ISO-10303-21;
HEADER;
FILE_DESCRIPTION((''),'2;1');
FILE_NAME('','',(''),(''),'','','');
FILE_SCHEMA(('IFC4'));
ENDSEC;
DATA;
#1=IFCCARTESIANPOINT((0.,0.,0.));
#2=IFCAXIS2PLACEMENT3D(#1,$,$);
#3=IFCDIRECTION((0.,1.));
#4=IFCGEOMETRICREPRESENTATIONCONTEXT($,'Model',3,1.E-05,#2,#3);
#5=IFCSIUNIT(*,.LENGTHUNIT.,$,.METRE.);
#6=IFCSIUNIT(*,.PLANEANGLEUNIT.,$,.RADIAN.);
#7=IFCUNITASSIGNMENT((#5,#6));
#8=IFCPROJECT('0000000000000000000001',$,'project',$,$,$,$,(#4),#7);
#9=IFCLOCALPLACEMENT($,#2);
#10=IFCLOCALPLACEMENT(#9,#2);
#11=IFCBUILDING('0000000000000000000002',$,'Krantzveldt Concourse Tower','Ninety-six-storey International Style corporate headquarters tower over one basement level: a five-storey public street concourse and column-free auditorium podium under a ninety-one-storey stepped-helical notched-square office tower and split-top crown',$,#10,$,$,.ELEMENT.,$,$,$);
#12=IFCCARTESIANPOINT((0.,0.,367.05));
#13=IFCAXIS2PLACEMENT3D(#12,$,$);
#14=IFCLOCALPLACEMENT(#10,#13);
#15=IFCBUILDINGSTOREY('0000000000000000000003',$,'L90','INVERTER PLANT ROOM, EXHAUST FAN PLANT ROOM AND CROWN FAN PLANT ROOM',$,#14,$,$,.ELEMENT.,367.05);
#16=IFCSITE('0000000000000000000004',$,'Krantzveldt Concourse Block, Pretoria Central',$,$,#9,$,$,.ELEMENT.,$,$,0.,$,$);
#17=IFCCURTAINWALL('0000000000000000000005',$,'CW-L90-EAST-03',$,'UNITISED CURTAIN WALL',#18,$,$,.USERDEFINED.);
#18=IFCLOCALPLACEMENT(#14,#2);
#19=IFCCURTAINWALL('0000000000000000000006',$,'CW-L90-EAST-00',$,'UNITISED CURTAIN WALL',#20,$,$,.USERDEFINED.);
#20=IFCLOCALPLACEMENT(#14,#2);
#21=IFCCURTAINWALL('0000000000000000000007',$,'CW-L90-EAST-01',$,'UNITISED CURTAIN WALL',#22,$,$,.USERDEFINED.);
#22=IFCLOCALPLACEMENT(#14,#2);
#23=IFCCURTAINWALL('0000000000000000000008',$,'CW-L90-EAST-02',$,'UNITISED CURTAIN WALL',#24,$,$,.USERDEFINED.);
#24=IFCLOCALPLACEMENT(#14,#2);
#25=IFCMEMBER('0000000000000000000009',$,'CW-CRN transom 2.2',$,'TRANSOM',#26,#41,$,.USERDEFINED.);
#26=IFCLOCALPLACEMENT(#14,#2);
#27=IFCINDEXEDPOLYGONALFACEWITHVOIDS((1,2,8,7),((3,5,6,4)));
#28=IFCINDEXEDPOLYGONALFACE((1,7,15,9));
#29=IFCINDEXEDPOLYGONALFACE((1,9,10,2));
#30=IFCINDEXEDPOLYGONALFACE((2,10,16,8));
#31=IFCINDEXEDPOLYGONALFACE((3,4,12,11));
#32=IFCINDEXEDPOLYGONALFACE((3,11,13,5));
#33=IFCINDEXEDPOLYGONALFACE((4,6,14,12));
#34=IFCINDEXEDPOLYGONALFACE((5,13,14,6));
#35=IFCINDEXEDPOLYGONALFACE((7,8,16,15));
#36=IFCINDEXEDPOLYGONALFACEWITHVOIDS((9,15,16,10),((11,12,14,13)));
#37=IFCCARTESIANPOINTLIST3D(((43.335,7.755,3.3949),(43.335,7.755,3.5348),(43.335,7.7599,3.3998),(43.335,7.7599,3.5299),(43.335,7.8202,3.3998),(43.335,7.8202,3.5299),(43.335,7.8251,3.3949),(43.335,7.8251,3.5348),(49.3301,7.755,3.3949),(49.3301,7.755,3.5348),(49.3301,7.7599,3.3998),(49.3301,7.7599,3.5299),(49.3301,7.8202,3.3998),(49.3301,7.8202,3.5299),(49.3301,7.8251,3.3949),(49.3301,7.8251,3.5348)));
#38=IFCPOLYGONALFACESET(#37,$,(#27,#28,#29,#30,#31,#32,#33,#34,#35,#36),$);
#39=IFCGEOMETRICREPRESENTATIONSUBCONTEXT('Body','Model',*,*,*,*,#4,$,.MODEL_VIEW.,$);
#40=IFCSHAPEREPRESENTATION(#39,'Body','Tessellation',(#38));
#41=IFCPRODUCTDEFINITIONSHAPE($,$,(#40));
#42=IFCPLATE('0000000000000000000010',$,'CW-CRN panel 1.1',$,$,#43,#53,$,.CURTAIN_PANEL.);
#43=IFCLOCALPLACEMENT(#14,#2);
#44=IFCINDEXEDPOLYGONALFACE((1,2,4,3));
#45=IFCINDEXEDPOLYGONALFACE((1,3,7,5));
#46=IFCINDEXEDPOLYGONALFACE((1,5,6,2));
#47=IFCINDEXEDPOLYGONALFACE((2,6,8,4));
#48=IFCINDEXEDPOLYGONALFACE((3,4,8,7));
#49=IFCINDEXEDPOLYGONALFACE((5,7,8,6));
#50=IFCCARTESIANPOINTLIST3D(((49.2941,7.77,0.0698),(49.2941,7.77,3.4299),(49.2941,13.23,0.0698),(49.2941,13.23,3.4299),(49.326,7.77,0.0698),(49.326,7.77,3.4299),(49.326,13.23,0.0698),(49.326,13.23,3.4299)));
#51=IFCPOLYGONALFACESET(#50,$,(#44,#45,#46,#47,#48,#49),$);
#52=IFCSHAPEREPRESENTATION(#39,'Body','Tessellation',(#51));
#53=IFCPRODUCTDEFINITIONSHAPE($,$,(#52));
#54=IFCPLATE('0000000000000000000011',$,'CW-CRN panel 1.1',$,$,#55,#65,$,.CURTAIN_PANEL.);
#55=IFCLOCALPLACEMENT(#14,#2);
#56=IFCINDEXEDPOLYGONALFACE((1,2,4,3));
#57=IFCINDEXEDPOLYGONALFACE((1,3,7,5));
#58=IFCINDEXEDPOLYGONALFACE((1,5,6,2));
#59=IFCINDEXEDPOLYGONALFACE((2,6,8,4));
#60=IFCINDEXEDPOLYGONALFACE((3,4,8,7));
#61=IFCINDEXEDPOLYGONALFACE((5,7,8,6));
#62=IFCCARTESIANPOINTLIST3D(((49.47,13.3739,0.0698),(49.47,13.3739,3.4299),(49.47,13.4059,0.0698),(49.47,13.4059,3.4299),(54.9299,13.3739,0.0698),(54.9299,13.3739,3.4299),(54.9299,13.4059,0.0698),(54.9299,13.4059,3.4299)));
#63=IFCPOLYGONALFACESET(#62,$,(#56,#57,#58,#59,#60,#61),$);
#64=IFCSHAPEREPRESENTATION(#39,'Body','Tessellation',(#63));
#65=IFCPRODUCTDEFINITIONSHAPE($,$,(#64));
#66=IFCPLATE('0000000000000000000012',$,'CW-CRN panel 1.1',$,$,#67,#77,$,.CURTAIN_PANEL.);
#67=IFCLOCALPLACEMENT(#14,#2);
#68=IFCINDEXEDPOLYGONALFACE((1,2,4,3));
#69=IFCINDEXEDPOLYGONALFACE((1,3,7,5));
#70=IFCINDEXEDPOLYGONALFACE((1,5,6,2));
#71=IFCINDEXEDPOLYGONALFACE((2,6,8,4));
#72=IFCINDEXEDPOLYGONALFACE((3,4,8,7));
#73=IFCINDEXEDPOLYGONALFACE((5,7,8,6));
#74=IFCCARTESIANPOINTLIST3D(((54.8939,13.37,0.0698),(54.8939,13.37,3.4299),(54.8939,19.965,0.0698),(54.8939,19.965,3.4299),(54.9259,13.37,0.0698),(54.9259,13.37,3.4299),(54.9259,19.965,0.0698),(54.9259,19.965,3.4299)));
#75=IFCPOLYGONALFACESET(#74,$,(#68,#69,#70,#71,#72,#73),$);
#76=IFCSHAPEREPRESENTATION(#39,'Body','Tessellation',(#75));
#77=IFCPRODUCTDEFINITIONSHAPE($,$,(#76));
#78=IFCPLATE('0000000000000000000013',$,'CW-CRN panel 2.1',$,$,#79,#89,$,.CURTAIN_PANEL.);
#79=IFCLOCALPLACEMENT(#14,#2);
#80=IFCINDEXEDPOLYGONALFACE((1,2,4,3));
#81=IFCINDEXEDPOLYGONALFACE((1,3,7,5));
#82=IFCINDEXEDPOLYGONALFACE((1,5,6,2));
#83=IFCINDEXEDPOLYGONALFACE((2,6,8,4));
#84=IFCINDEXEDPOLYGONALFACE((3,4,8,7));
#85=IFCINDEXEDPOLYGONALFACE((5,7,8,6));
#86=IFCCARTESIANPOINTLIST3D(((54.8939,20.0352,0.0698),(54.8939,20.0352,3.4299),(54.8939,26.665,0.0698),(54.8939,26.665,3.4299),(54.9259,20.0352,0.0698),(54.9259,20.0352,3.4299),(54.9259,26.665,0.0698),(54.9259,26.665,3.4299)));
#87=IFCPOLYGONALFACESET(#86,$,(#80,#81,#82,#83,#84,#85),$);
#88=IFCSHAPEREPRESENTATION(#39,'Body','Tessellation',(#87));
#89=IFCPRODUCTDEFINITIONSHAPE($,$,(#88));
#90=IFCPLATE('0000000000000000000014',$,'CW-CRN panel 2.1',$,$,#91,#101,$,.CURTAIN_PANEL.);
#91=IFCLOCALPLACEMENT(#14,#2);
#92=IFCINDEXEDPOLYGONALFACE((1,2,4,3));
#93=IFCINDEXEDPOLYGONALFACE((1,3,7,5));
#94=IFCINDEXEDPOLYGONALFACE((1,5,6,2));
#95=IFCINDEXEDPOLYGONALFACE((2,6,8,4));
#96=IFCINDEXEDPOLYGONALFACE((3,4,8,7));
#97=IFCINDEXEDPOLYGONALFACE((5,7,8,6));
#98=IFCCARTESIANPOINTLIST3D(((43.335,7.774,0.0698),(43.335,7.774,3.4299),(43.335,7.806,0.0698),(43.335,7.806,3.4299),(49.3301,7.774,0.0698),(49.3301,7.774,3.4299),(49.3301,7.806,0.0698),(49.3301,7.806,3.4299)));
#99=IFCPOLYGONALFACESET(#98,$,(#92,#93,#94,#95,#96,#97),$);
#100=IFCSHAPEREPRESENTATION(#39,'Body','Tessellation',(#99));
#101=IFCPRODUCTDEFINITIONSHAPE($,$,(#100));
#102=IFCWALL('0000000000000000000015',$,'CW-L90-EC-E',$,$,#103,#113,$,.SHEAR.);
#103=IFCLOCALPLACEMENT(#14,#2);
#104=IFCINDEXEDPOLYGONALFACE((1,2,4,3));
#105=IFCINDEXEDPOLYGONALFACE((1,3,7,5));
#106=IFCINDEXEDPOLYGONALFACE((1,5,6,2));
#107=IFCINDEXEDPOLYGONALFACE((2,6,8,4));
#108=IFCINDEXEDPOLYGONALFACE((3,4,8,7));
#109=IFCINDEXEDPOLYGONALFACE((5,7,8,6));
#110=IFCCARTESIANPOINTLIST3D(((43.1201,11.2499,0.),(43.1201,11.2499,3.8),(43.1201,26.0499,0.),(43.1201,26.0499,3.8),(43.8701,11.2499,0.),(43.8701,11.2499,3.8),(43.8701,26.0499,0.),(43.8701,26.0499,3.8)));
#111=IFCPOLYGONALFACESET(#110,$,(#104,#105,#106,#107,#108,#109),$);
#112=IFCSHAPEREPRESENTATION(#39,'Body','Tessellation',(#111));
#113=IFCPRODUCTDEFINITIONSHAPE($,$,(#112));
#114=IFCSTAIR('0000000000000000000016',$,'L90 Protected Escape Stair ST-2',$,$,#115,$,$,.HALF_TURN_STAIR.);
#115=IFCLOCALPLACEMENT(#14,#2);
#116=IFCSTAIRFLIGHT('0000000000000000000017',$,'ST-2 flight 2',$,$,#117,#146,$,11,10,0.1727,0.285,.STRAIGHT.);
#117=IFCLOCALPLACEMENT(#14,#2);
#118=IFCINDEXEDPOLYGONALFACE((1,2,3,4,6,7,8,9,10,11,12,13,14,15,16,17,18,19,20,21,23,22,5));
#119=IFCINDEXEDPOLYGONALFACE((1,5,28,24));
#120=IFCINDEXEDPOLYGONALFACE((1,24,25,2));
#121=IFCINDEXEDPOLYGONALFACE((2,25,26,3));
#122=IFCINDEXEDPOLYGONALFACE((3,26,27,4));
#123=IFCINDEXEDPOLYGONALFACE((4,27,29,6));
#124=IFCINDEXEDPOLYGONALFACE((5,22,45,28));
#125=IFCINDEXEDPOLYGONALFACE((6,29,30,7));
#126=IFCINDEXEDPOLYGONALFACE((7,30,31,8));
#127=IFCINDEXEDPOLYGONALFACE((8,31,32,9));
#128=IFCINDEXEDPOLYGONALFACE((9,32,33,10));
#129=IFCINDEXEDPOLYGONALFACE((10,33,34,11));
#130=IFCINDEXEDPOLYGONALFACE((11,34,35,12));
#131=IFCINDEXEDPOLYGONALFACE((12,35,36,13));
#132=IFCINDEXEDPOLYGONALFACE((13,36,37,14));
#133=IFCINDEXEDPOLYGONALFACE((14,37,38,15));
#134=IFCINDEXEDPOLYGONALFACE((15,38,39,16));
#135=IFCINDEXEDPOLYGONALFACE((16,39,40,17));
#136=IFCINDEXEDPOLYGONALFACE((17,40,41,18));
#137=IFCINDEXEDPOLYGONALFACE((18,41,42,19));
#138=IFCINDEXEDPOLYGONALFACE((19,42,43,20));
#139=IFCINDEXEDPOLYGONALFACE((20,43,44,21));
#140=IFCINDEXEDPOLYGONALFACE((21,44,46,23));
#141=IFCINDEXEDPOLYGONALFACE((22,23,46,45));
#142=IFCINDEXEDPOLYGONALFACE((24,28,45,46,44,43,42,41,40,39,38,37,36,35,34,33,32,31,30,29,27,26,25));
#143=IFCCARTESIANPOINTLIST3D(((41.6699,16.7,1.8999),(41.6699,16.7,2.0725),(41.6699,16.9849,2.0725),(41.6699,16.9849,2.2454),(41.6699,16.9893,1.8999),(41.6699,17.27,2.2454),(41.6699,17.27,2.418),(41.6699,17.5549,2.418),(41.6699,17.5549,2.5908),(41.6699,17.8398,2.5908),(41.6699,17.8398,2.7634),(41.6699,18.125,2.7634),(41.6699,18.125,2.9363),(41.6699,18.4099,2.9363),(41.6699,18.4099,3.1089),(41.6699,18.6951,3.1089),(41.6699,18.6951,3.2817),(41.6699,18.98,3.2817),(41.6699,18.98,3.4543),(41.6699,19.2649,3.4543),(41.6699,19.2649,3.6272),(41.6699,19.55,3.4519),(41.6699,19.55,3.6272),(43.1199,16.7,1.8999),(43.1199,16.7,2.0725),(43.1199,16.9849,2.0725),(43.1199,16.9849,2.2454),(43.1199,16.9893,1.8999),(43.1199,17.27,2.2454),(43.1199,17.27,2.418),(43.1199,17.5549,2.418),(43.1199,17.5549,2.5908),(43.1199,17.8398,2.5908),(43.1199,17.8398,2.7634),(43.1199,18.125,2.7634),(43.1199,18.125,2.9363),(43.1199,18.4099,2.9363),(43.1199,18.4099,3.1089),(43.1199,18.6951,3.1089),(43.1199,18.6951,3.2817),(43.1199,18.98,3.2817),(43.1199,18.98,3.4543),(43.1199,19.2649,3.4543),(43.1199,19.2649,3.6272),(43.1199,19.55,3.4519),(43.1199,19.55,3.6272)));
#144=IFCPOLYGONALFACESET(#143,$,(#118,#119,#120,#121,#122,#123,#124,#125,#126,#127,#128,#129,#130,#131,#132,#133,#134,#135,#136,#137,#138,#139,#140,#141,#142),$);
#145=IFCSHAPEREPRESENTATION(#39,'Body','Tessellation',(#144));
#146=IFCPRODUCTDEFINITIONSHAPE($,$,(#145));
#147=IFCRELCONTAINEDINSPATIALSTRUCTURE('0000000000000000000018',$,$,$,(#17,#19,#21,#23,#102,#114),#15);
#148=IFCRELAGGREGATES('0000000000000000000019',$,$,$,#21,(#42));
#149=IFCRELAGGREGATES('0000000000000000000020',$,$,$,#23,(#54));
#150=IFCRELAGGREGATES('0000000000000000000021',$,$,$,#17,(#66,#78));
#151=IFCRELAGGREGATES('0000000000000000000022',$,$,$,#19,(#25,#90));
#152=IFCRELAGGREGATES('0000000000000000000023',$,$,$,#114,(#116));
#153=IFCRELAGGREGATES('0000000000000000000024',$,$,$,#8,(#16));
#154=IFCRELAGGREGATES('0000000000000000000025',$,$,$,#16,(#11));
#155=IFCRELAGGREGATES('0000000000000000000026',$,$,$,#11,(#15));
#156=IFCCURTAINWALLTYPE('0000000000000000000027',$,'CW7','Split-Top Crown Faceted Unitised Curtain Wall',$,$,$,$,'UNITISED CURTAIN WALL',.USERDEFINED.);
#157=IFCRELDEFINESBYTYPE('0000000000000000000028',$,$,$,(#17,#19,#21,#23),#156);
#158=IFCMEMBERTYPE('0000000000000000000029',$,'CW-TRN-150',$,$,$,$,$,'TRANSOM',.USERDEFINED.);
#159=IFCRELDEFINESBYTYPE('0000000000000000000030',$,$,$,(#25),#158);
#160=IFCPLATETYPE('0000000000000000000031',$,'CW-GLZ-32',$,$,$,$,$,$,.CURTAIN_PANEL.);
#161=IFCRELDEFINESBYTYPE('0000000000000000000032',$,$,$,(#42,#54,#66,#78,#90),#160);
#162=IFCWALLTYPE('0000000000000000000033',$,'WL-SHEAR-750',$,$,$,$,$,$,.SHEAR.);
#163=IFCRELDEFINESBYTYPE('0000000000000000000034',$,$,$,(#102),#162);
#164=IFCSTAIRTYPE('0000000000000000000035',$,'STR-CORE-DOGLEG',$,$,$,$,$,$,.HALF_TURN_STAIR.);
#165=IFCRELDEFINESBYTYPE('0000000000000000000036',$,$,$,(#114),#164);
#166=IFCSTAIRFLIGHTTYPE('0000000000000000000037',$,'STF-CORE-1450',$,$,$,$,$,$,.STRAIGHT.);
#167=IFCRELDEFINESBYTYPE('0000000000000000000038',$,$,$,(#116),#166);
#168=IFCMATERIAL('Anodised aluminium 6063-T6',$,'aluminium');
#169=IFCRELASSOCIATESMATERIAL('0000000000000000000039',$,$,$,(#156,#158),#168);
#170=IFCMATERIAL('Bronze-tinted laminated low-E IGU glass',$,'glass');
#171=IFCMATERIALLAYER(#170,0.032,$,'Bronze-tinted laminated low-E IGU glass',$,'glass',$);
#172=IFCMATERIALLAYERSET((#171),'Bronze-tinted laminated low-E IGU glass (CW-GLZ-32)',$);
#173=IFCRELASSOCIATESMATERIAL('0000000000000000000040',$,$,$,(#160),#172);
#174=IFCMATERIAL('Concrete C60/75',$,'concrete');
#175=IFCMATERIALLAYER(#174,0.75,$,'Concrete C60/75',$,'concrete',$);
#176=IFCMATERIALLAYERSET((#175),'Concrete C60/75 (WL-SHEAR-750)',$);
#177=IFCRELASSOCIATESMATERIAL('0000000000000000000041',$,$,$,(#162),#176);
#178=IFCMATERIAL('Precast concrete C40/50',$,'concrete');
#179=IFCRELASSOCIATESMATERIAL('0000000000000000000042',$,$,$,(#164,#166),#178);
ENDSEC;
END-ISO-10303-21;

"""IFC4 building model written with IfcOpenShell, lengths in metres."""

from ifc_helpers import new_model, si_unit, direction, frame, frame_2d, origin, origin_2d, place, context, subcontext, project, spatial, polyline, rectangle, hollow_rectangle, outline, extrude, source, transform, mapped, material, layer, layer_set, material_profile, profile_set, type_object, type_shapes, element, aggregate, save


model = new_model("IFC4")

# Units and contexts
model_context = context("Model", 3, precision=1e-05, world=origin(), true_north=direction((0.0, 1.0)))
body_context = subcontext(model_context, "Body", "Model", "MODEL_VIEW")
ifc_project = project(units=[si_unit("LENGTHUNIT", "METRE"), si_unit("PLANEANGLEUNIT", "RADIAN")], contexts=[model_context])

# Site, building, storey
site_placement = place(None, origin())
site = spatial("IfcSite", under=ifc_project, at=site_placement, Name="Krantzveldt Concourse Block, Pretoria Central", CompositionType="ELEMENT", RefElevation=0.0)
building_placement = place(site_placement, origin())
building = spatial("IfcBuilding", under=site, at=building_placement, Name="Krantzveldt Concourse Tower", Description="Ninety-six-storey International Style corporate headquarters tower over one basement level: a five-storey public street concourse and column-free auditorium podium under a ninety-one-storey stepped-helical notched-square office tower and split-top crown", CompositionType="ELEMENT")
storey_placement = place(building_placement, frame((0.0, 0.0, 367.05)))
storey = spatial("IfcBuildingStorey", under=building, at=storey_placement, Name="L90", Description="INVERTER PLANT ROOM, EXHAUST FAN PLANT ROOM AND CROWN FAN PLANT ROOM", CompositionType="ELEMENT", Elevation=367.05)

# Curtain walls
ifc_material_1 = material(Name="Anodised aluminium 6063-T6", Category="aluminium")
curtain_wall_type = type_object("IfcCurtainWallType", Name="CW7", Description="Split-Top Crown Faceted Unitised Curtain Wall", ElementType="UNITISED CURTAIN WALL", PredefinedType="USERDEFINED", material=ifc_material_1)
curtain_wall_1_placement = place(storey_placement, origin())
curtain_wall_1 = element("IfcCurtainWall", 1, at=curtain_wall_1_placement, inside=storey, type_object=curtain_wall_type, Name="CW-L90-EAST-03", ObjectType="UNITISED CURTAIN WALL", PredefinedType="USERDEFINED")
ifc_material_profile_1 = material_profile(ifc_material_1, hollow_rectangle(XDim=0.0701, YDim=0.1399, WallThickness=0.0049, at=origin_2d()), Name="Anodised aluminium 6063-T6", Category="aluminium")
ifc_profile_set_1 = profile_set([ifc_material_profile_1], Name="Anodised aluminium 6063-T6 - ALU-TRAN 140x70x5")
member_type_1 = type_object("IfcMemberType", Name="CW-TRN-150", ElementType="TRANSOM", PredefinedType="USERDEFINED", material=ifc_profile_set_1)
curtain_wall_2_placement = place(storey_placement, origin())
curtain_wall_2 = element("IfcCurtainWall", 2, at=curtain_wall_2_placement, inside=storey, type_object=curtain_wall_type, Name="CW-L90-EAST-00", ObjectType="UNITISED CURTAIN WALL", PredefinedType="USERDEFINED")
curtain_wall_3_placement = place(storey_placement, origin())
curtain_wall_3 = element("IfcCurtainWall", 3, at=curtain_wall_3_placement, inside=storey, type_object=curtain_wall_type, Name="CW-L90-EAST-01", ObjectType="UNITISED CURTAIN WALL", PredefinedType="USERDEFINED")
curtain_wall_4_placement = place(storey_placement, origin())
curtain_wall_4 = element("IfcCurtainWall", 4, at=curtain_wall_4_placement, inside=storey, type_object=curtain_wall_type, Name="CW-L90-EAST-02", ObjectType="UNITISED CURTAIN WALL", PredefinedType="USERDEFINED")

# Member
shared_shape_1 = source(origin(), body_context, "Body", "SweptSolid", [
    extrude(hollow_rectangle(XDim=0.0701, YDim=0.1399, WallThickness=0.0049, at=origin_2d()), origin(), (0.0, 0.0, 1.0), 5.9951),
])
member_1_placement = place(storey_placement, frame((43.335, 7.79, 3.4648), z_axis=(1.0, 0.0, 0.0), x_axis=(0.0, 1.0, 0.0)))
member_1 = element("IfcMember", 5, at=member_1_placement, type_object=member_type_1, Name="CW-CRN transom 2.2", ObjectType="TRANSOM", PredefinedType="USERDEFINED", context=body_context, shape_type="MappedRepresentation", body=[
    mapped(shared_shape_1, transform((0.0, 0.0, 0.0), x_axis=(1.0, 0.0, 0.0), y_axis=(0.0, 1.0, 0.0), z_axis=(0.0, 0.0, 1.0), scale=1.0)),
])

# Plates
ifc_material_2 = material(Name="Bronze-tinted laminated low-E IGU glass", Category="glass")
ifc_layer_1 = layer(ifc_material_2, 0.032, Name="Bronze-tinted laminated low-E IGU glass", Category="glass")
ifc_layer_set_1 = layer_set([ifc_layer_1], Name="Bronze-tinted laminated low-E IGU glass (CW-GLZ-32)")
plate_type = type_object("IfcPlateType", Name="CW-GLZ-32", PredefinedType="CURTAIN_PANEL", material=ifc_layer_set_1)
shared_shape_2 = source(origin(), body_context, "Body", "SweptSolid", [
    extrude(rectangle(XDim=5.46, YDim=0.032, at=origin_2d()), origin(), (0.0, 0.0, 1.0), 3.3601),
])
plate_1_placement = place(storey_placement, frame((49.3101, 10.5, 0.0698), z_axis=(0.0, 0.0, 1.0), x_axis=(0.0, 1.0, 0.0)))
plate_1 = element("IfcPlate", 6, at=plate_1_placement, type_object=plate_type, Name="CW-CRN panel 1.1", PredefinedType="CURTAIN_PANEL", context=body_context, shape_type="MappedRepresentation", body=[
    mapped(shared_shape_2, transform((0.0, 0.0, 0.0), x_axis=(1.0, 0.0, 0.0), y_axis=(0.0, 1.0, 0.0), z_axis=(0.0, 0.0, 1.0), scale=1.0)),
])
aggregate(curtain_wall_3, [plate_1])
plate_2_placement = place(storey_placement, frame((52.2, 13.3899, 0.0698), z_axis=(0.0, 0.0, 1.0), x_axis=(1.0, 0.0, 0.0)))
plate_2 = element("IfcPlate", 7, at=plate_2_placement, type_object=plate_type, Name="CW-CRN panel 1.1", PredefinedType="CURTAIN_PANEL", context=body_context, shape_type="MappedRepresentation", body=[
    mapped(shared_shape_2, transform((0.0, 0.0, 0.0), x_axis=(1.0, 0.0, 0.0), y_axis=(0.0, 1.0, 0.0), z_axis=(0.0, 0.0, 1.0), scale=1.0)),
])
aggregate(curtain_wall_4, [plate_2])
shared_shape_3 = source(origin(), body_context, "Body", "SweptSolid", [
    extrude(rectangle(XDim=6.595, YDim=0.032, at=origin_2d()), origin(), (0.0, 0.0, 1.0), 3.3601),
])
plate_3_placement = place(storey_placement, frame((54.9099, 16.6675, 0.0698), z_axis=(0.0, 0.0, 1.0), x_axis=(0.0, 1.0, 0.0)))
plate_3 = element("IfcPlate", 8, at=plate_3_placement, type_object=plate_type, Name="CW-CRN panel 1.1", PredefinedType="CURTAIN_PANEL", context=body_context, shape_type="MappedRepresentation", body=[
    mapped(shared_shape_3, transform((0.0, 0.0, 0.0), x_axis=(1.0, 0.0, 0.0), y_axis=(0.0, 1.0, 0.0), z_axis=(0.0, 0.0, 1.0), scale=1.0)),
])
shared_shape_4 = source(origin(), body_context, "Body", "SweptSolid", [
    extrude(rectangle(XDim=6.6299, YDim=0.032, at=origin_2d()), origin(), (0.0, 0.0, 1.0), 3.3601),
])
plate_4_placement = place(storey_placement, frame((54.9099, 23.3501, 0.0698), z_axis=(0.0, 0.0, 1.0), x_axis=(0.0, 1.0, 0.0)))
plate_4 = element("IfcPlate", 9, at=plate_4_placement, type_object=plate_type, Name="CW-CRN panel 2.1", PredefinedType="CURTAIN_PANEL", context=body_context, shape_type="MappedRepresentation", body=[
    mapped(shared_shape_4, transform((0.0, 0.0, 0.0), x_axis=(1.0, 0.0, 0.0), y_axis=(0.0, 1.0, 0.0), z_axis=(0.0, 0.0, 1.0), scale=1.0)),
])
aggregate(curtain_wall_1, [plate_3, plate_4])
shared_shape_5 = source(origin(), body_context, "Body", "SweptSolid", [
    extrude(rectangle(XDim=5.9951, YDim=0.032, at=origin_2d()), origin(), (0.0, 0.0, 1.0), 3.3601),
])
type_shapes(plate_type, [shared_shape_2, shared_shape_3, shared_shape_4, shared_shape_5])
plate_5_placement = place(storey_placement, frame((46.3325, 7.79, 0.0698), z_axis=(0.0, 0.0, 1.0), x_axis=(1.0, 0.0, 0.0)))
plate_5 = element("IfcPlate", 10, at=plate_5_placement, type_object=plate_type, Name="CW-CRN panel 2.1", PredefinedType="CURTAIN_PANEL", context=body_context, shape_type="MappedRepresentation", body=[
    mapped(shared_shape_5, transform((0.0, 0.0, 0.0), x_axis=(1.0, 0.0, 0.0), y_axis=(0.0, 1.0, 0.0), z_axis=(0.0, 0.0, 1.0), scale=1.0)),
])
aggregate(curtain_wall_2, [member_1, plate_5])

# Wall
ifc_material_3 = material(Name="Concrete C60/75", Category="concrete")
ifc_layer_2 = layer(ifc_material_3, 0.75, Name="Concrete C60/75", Category="concrete")
ifc_layer_set_2 = layer_set([ifc_layer_2], Name="Concrete C60/75 (WL-SHEAR-750)")
wall_type = type_object("IfcWallType", Name="WL-SHEAR-750", PredefinedType="SHEAR", material=ifc_layer_set_2)
wall_placement = place(storey_placement, frame((43.4951, 11.25, 0.0), z_axis=(0.0, 0.0, 1.0), x_axis=(0.0, 1.0, 0.0)))
element("IfcWall", 11, at=wall_placement, inside=storey, type_object=wall_type, Name="CW-L90-EC-E", PredefinedType="SHEAR", context=body_context, shape_type="SweptSolid", body=[
    extrude(rectangle(XDim=14.8, YDim=0.75, at=frame_2d((7.3999, 0.0))), origin(), (0.0, 0.0, 1.0), 3.8),
])

# Stair, stair flight
ifc_material_4 = material(Name="Precast concrete C40/50", Category="concrete")
stair_type = type_object("IfcStairType", Name="STR-CORE-DOGLEG", PredefinedType="HALF_TURN_STAIR", material=ifc_material_4)
stair_placement = place(storey_placement, origin())
stair = element("IfcStair", 12, at=stair_placement, inside=storey, type_object=stair_type, Name="L90 Protected Escape Stair ST-2", PredefinedType="HALF_TURN_STAIR")
stair_flight_type = type_object("IfcStairFlightType", Name="STF-CORE-1450", PredefinedType="STRAIGHT", material=ifc_material_4)
stair_flight_placement = place(storey_placement, frame((42.395, 16.7, 1.8999), z_axis=(0.0, 0.0, 1.0), x_axis=(0.0, 1.0, 0.0)))
stair_flight = element("IfcStairFlight", 13, at=stair_flight_placement, type_object=stair_flight_type, Name="ST-2 flight 2", NumberOfRisers=11, NumberOfTreads=10, PredefinedType="STRAIGHT", RiserHeight=0.1727, TreadLength=0.285, context=body_context, shape_type="SweptSolid", body=[
    extrude(outline(polyline([(0.0, 0.0), (0.0, 0.1726), (0.2849, 0.1726), (0.2849, 0.3455), (0.5701, 0.3455), (0.5701, 0.5181), (0.855, 0.5181), (0.855, 0.6909), (1.1399, 0.6909), (1.1399, 0.8635), (1.425, 0.8635), (1.425, 1.0364), (1.71, 1.0364), (1.71, 1.209), (1.9951, 1.209), (1.9951, 1.3818), (2.28, 1.3818), (2.28, 1.5544), (2.5649, 1.5544), (2.5649, 1.7273), (2.8501, 1.7273), (2.8501, 1.8999), (2.8501, 1.552), (0.2893, 0.0), (0.0, 0.0)])), frame((0.0, 0.7251, 0.0), z_axis=(0.0, -1.0, 0.0), x_axis=(1.0, 0.0, 0.0)), (0.0, 0.0, 1.0), 1.45),
])
aggregate(stair, [stair_flight])

save(model, "model.ifc")
